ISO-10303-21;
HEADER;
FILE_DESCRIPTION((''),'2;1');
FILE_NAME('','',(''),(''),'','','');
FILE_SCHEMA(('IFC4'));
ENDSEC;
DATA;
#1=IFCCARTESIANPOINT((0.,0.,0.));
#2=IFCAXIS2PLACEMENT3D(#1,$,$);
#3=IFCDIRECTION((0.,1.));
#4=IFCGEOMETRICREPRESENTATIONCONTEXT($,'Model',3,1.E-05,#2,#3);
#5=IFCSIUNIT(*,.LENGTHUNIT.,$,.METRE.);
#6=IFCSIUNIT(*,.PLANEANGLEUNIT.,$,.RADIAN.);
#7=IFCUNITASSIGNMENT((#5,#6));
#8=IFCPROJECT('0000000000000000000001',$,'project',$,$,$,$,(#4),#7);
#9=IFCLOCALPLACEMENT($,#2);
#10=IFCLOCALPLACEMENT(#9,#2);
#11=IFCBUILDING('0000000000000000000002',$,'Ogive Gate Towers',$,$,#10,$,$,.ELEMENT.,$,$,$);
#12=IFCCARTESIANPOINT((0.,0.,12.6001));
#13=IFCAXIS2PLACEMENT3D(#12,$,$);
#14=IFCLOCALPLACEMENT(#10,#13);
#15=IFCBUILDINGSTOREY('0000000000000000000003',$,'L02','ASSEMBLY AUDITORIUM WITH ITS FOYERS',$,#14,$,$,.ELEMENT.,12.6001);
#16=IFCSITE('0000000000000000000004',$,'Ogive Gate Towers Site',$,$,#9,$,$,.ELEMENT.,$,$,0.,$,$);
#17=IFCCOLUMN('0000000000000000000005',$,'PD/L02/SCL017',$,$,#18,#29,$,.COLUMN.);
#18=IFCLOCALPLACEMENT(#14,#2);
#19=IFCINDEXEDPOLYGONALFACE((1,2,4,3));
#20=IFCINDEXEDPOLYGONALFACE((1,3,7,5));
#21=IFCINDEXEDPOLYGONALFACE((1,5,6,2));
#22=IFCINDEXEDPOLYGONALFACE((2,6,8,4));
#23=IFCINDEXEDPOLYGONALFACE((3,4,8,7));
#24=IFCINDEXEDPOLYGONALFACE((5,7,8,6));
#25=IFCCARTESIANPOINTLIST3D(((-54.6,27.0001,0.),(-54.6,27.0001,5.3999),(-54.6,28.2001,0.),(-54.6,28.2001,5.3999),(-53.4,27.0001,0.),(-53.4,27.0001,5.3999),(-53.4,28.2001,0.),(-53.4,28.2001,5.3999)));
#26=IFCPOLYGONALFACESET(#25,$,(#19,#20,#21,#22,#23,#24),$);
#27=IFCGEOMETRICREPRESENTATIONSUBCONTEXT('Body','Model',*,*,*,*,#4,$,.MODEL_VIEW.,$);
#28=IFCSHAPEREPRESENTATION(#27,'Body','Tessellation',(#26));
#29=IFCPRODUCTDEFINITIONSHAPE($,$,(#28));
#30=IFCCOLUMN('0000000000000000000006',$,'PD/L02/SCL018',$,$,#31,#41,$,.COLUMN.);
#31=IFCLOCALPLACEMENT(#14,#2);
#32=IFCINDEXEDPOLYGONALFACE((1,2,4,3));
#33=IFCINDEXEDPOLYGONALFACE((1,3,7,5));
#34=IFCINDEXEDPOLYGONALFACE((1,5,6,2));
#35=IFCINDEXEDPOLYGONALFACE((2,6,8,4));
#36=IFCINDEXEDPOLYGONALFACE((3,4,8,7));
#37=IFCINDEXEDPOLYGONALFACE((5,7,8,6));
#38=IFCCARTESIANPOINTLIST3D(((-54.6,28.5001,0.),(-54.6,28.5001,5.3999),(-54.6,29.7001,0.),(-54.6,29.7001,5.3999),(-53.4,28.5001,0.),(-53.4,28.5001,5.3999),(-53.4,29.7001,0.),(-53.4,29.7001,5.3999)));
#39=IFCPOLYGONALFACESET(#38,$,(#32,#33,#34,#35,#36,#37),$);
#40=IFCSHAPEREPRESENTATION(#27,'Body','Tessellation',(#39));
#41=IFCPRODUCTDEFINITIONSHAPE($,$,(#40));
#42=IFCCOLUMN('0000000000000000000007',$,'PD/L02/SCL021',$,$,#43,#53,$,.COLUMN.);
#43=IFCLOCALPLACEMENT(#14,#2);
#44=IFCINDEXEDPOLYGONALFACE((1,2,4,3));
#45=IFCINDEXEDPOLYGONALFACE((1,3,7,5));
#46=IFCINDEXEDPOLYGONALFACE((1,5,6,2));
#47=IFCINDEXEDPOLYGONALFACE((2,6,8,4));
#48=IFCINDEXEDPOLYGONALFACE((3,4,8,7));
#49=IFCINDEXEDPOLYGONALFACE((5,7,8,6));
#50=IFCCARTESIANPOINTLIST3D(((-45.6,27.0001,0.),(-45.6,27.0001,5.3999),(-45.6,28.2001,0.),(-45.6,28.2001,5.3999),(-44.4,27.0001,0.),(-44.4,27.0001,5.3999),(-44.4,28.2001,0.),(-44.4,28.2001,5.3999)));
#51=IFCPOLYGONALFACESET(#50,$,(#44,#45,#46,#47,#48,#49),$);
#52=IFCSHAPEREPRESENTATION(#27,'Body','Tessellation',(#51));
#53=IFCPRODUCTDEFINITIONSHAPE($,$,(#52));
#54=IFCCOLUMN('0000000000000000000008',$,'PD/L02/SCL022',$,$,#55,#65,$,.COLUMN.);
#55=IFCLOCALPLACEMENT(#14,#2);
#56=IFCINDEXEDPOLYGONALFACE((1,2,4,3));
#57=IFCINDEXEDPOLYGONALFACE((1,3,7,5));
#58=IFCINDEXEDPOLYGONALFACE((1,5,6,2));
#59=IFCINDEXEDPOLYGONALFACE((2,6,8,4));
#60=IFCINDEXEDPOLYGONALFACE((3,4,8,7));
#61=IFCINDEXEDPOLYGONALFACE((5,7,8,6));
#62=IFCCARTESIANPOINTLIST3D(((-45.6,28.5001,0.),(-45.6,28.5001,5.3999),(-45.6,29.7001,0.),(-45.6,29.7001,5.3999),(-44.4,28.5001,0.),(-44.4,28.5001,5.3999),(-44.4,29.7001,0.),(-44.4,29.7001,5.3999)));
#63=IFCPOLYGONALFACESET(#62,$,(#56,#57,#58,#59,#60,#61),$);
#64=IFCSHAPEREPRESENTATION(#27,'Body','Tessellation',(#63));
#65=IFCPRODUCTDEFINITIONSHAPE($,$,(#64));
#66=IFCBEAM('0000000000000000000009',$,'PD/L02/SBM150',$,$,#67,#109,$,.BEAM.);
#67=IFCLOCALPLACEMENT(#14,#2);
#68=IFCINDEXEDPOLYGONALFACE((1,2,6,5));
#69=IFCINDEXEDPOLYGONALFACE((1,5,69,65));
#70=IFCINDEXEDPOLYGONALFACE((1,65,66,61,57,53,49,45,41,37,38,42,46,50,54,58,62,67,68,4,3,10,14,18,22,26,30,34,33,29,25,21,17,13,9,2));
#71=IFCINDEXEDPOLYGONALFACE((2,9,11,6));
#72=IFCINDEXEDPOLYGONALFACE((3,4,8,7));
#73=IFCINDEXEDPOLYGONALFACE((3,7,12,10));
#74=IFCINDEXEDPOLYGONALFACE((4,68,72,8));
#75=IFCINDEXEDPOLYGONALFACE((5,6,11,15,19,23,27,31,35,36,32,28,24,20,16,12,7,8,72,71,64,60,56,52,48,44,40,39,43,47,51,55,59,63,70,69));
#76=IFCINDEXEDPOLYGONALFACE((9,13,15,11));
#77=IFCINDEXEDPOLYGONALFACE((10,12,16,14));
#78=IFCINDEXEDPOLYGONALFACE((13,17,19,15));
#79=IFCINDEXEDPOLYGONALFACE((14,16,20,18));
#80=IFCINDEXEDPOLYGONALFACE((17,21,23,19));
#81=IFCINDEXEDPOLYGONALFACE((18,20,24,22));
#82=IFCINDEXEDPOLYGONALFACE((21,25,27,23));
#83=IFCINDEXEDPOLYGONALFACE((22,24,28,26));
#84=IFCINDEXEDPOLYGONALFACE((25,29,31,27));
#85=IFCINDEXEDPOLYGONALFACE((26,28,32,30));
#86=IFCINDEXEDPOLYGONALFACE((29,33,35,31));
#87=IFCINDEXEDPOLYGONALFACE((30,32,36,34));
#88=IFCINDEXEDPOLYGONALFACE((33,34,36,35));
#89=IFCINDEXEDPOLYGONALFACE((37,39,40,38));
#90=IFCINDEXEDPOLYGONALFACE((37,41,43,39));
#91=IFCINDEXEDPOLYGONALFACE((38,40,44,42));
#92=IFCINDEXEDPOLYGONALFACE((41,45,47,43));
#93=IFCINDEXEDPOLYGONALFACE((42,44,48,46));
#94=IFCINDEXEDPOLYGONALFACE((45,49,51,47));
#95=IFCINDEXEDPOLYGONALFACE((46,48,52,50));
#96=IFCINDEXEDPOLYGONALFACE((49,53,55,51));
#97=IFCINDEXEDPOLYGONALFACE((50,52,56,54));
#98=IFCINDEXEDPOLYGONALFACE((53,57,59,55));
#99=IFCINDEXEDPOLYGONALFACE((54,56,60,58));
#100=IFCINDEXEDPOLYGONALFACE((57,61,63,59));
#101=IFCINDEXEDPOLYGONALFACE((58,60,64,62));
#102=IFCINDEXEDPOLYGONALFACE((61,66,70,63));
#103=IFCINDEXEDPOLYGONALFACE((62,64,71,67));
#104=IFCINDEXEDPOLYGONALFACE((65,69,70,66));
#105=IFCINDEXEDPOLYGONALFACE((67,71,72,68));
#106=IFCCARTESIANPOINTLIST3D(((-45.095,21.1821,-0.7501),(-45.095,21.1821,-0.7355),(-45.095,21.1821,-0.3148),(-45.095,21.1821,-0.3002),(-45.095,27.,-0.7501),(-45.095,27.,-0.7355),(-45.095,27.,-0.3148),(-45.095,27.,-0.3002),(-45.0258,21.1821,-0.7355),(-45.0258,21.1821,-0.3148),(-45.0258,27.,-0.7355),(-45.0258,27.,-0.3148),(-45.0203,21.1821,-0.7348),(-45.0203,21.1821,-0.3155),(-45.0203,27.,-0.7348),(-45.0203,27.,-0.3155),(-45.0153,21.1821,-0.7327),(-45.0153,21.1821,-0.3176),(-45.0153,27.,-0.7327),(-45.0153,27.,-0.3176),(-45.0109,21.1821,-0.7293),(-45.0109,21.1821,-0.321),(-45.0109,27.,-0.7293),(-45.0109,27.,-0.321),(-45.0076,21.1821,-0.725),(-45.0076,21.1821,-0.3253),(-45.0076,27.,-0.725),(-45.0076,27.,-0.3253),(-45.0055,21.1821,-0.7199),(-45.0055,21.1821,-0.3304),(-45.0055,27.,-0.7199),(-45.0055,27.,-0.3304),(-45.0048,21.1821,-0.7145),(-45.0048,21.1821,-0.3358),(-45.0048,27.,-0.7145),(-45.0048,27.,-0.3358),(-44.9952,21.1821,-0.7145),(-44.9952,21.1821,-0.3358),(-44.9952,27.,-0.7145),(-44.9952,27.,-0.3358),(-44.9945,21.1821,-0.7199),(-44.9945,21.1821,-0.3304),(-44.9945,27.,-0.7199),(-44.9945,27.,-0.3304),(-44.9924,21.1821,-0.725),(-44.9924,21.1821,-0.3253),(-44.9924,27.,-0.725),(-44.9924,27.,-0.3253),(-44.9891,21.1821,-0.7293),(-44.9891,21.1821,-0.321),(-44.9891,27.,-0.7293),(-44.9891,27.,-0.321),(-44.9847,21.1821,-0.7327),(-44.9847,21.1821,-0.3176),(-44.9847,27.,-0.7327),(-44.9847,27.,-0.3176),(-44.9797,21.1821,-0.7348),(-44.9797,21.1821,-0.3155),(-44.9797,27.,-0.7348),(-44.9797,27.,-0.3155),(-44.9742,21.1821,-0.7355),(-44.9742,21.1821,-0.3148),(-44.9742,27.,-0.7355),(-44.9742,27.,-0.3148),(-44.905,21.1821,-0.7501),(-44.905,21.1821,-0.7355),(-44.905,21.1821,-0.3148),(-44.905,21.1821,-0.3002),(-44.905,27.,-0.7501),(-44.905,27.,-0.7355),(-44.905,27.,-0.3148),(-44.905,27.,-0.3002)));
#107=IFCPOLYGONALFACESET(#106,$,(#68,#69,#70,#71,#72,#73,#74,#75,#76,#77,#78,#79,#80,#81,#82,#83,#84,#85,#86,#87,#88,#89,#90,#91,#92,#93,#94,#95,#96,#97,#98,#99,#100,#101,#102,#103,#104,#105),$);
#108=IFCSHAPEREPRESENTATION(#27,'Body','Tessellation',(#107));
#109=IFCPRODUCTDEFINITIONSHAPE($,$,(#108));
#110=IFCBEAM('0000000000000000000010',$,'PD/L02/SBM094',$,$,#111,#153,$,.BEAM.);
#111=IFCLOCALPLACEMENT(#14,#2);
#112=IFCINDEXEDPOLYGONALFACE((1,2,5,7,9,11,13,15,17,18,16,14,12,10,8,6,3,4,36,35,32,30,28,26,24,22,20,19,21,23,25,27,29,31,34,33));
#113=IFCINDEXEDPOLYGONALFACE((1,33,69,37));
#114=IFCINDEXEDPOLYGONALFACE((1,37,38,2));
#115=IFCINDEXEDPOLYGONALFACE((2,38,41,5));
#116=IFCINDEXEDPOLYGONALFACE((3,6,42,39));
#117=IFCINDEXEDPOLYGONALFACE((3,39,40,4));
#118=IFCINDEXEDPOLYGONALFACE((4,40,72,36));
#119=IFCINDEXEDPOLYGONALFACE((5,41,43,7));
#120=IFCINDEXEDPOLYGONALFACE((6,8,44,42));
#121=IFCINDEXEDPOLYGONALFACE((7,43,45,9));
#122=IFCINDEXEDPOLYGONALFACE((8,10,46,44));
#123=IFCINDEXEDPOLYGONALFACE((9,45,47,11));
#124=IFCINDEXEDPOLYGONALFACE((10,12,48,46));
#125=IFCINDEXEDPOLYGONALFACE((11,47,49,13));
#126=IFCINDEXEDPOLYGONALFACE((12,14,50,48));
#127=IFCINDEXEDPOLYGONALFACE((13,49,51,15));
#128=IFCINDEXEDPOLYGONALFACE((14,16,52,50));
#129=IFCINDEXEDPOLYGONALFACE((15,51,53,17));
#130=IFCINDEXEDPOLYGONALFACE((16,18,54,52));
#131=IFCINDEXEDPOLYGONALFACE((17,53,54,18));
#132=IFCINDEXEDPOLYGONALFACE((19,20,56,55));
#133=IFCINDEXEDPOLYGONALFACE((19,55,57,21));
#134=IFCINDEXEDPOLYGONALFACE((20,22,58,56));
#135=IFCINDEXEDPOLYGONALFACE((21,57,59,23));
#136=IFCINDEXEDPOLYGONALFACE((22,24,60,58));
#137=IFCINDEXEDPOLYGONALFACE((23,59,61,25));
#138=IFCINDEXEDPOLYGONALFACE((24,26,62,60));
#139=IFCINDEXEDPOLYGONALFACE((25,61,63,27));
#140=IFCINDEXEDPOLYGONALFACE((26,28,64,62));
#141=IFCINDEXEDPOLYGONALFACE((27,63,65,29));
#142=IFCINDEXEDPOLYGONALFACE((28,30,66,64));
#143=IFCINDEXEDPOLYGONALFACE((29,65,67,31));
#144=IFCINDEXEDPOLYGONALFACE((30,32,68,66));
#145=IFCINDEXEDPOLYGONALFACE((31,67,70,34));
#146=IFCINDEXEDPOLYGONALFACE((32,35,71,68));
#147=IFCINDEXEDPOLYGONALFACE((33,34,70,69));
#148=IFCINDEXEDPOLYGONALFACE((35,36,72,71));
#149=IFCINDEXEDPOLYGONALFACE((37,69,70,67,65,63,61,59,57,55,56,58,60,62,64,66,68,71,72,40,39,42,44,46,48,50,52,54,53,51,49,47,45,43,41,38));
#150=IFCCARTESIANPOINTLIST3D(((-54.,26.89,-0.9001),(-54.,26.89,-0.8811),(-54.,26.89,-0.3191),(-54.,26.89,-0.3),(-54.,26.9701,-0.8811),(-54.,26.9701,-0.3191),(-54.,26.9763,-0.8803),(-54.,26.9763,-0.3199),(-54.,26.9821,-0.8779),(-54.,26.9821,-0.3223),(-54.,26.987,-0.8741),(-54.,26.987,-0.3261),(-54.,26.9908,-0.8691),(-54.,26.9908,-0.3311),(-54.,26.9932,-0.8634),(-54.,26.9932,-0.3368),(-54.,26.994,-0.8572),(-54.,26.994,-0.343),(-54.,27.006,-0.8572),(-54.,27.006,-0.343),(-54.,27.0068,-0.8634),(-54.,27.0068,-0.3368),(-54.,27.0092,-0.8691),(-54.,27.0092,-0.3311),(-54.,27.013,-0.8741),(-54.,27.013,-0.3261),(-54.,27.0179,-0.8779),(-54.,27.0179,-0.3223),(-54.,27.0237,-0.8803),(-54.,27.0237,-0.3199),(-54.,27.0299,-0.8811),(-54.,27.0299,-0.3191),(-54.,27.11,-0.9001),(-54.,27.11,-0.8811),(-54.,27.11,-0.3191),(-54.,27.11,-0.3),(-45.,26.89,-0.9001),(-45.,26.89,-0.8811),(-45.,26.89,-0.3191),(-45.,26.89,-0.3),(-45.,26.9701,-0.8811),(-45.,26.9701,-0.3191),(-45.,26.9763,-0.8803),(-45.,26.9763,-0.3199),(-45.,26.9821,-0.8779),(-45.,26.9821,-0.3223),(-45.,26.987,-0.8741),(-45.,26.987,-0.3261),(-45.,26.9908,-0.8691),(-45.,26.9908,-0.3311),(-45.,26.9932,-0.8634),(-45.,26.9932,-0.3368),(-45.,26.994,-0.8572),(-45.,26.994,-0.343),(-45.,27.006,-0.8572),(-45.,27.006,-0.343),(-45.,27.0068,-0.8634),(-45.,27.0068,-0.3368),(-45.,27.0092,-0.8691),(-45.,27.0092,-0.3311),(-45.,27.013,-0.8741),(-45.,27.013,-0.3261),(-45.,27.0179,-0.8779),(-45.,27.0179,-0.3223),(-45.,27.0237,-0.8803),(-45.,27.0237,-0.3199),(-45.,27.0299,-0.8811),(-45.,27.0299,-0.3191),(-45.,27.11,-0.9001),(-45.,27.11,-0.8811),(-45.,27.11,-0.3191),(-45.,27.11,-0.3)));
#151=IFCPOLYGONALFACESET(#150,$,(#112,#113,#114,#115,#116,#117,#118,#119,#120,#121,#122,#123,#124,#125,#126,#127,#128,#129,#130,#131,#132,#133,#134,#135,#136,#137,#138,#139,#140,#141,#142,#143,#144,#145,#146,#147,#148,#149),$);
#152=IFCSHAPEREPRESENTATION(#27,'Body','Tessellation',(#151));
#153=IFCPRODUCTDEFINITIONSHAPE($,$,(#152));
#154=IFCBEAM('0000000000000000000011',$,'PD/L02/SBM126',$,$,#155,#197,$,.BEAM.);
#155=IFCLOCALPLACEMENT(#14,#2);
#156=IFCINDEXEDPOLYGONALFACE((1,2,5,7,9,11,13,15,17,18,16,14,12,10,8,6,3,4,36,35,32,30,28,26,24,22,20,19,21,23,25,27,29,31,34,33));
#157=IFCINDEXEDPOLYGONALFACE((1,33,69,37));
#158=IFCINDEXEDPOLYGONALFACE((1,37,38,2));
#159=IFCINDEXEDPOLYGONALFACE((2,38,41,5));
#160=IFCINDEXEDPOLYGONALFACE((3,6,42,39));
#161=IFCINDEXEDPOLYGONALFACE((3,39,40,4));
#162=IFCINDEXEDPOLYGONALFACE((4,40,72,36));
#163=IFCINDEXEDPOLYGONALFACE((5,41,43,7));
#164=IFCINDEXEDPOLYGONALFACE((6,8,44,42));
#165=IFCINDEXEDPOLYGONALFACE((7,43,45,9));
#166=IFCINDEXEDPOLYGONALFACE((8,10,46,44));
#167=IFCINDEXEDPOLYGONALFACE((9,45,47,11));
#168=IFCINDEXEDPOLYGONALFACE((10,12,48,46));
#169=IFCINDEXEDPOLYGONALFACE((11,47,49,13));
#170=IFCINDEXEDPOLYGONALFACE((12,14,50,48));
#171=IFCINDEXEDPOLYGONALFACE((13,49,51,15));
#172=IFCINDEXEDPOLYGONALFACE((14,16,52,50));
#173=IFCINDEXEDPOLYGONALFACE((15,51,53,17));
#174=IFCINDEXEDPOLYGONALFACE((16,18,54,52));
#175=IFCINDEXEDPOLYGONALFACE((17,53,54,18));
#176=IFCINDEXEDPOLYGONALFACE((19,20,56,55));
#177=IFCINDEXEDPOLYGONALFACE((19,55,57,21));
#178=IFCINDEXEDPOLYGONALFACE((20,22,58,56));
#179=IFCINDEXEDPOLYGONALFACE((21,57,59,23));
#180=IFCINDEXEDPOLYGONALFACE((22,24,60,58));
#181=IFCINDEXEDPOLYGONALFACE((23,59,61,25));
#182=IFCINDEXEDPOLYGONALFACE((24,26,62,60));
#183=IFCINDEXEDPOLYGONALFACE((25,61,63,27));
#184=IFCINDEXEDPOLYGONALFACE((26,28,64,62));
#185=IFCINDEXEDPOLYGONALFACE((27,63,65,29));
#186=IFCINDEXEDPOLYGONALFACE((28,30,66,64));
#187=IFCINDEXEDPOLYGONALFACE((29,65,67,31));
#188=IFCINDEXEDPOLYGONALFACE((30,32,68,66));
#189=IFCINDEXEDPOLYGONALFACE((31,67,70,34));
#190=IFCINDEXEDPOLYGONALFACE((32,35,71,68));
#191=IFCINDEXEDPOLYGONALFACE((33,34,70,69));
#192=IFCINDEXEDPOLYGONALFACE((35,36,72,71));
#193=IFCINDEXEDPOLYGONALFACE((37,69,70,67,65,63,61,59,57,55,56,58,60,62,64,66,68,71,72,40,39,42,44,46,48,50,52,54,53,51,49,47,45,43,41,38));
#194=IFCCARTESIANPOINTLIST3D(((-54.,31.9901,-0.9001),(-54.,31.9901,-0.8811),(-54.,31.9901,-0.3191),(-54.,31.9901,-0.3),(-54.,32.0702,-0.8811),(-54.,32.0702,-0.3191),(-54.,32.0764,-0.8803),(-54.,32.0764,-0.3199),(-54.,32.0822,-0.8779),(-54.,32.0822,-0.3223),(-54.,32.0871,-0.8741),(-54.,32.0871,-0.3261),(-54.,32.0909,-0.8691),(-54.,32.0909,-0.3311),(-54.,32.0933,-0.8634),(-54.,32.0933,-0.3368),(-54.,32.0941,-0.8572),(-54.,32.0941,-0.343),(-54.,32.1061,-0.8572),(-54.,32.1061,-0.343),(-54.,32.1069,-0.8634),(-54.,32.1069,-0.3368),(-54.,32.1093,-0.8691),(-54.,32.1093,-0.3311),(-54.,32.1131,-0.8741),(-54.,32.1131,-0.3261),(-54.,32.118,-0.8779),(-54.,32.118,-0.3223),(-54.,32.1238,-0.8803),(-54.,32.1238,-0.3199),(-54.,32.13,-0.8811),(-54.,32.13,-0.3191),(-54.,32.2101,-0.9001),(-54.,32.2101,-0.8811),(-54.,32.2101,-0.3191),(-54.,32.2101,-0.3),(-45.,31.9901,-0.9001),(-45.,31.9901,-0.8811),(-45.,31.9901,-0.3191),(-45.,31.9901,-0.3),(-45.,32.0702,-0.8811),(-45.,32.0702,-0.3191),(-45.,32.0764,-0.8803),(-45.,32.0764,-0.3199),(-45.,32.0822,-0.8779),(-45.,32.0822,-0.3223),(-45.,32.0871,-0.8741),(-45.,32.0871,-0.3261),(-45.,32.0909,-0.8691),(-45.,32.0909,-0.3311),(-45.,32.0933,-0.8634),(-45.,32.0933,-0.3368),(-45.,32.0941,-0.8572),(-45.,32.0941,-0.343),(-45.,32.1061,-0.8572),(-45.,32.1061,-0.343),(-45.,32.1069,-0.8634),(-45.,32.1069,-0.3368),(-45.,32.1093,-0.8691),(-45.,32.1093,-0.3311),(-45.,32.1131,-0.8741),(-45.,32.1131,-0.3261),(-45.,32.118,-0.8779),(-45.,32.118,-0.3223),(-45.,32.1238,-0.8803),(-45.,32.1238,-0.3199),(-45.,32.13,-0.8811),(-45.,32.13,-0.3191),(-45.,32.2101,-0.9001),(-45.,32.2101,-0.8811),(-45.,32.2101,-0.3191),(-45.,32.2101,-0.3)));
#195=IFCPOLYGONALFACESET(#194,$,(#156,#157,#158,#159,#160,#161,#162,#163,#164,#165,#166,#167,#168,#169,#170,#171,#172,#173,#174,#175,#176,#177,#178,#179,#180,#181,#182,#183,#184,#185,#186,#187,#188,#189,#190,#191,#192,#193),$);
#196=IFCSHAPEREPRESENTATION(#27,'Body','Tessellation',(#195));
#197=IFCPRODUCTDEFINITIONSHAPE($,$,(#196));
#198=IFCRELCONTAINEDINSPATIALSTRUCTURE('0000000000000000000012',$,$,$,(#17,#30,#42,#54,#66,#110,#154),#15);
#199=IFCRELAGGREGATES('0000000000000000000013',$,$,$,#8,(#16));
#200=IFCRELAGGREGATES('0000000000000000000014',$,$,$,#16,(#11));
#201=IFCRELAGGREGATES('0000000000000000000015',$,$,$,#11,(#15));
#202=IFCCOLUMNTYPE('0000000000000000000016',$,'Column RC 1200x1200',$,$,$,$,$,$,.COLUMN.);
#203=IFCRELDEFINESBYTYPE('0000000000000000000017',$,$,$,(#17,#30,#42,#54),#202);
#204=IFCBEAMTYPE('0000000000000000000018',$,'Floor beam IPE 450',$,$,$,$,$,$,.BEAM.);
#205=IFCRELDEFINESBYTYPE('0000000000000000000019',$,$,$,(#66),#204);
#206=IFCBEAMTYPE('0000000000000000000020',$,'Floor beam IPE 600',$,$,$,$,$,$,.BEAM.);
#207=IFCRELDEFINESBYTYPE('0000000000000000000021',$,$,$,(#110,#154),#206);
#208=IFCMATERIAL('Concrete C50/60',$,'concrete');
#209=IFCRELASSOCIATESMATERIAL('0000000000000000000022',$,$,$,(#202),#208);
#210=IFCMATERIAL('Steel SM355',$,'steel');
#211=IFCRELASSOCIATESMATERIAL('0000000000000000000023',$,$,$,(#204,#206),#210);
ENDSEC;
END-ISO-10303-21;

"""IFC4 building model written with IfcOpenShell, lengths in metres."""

from ifc_helpers import new_model, si_unit, direction, frame, origin, origin_2d, place, context, subcontext, project, spatial, rectangle, i_section, extrude, material, material_profile, profile_set, type_object, element, save


model = new_model("IFC4")

# Units and contexts
model_context = context("Model", 3, precision=1e-05, world=origin(), true_north=direction((0.0, 1.0)))
body_context = subcontext(model_context, "Body", "Model", "MODEL_VIEW")
ifc_project = project(units=[si_unit("LENGTHUNIT", "METRE"), si_unit("PLANEANGLEUNIT", "RADIAN")], contexts=[model_context])

# Site, building, storey
site_placement = place(None, origin())
site = spatial("IfcSite", under=ifc_project, at=site_placement, Name="Ogive Gate Towers Site", CompositionType="ELEMENT", RefElevation=0.0)
building_placement = place(site_placement, origin())
building = spatial("IfcBuilding", under=site, at=building_placement, Name="Ogive Gate Towers", CompositionType="ELEMENT")
storey_placement = place(building_placement, frame((0.0, 0.0, 12.6001)))
storey = spatial("IfcBuildingStorey", under=building, at=storey_placement, Name="L02", Description="ASSEMBLY AUDITORIUM WITH ITS FOYERS", CompositionType="ELEMENT", Elevation=12.6001)

# Columns
ifc_material_1 = material(Name="Concrete C50/60", Category="concrete")
ifc_material_profile_1 = material_profile(ifc_material_1, rectangle(XDim=1.2, YDim=1.2, at=origin_2d()), Name="RC 1200x1200")
ifc_profile_set_1 = profile_set([ifc_material_profile_1], Name="Concrete C50/60")
column_type = type_object("IfcColumnType", Name="Column RC 1200x1200", PredefinedType="COLUMN", material=ifc_profile_set_1)
for number, where, z_axis, x_axis, name in (
    (1, (-54.0, 27.6001, 0.0), (0.0, 0.0, 1.0), (1.0, 0.0, 0.0), "PD/L02/SCL017"),
    (2, (-54.0, 29.1001, 0.0), (0.0, 0.0, 1.0), (1.0, 0.0, 0.0), "PD/L02/SCL018"),
    (3, (-45.0, 27.6001, 0.0), (0.0, 0.0, 1.0), (1.0, 0.0, 0.0), "PD/L02/SCL021"),
    (4, (-45.0, 29.1001, 0.0), (0.0, 0.0, 1.0), (1.0, 0.0, 0.0), "PD/L02/SCL022"),
):
    element("IfcColumn", number, at=place(storey_placement, frame(where, z_axis=z_axis, x_axis=x_axis)), inside=storey, type_object=column_type, Name=name, PredefinedType="COLUMN", context=body_context, shape_type="SweptSolid", body=[
        extrude(rectangle(XDim=1.2, YDim=1.2, at=origin_2d()), origin(), (0.0, 0.0, 1.0), 5.3999),
    ])

# Beams
ifc_material_2 = material(Name="Steel SM355", Category="steel")
ifc_material_profile_2 = material_profile(ifc_material_2, i_section(OverallWidth=0.1899, OverallDepth=0.45, WebThickness=0.0095, FlangeThickness=0.0146, FilletRadius=0.021, at=origin_2d()), Name="IPE 450")
ifc_profile_set_2 = profile_set([ifc_material_profile_2], Name="Steel SM355")
beam_type_1 = type_object("IfcBeamType", Name="Floor beam IPE 450", PredefinedType="BEAM", material=ifc_profile_set_2)
beam_placement = place(storey_placement, frame((-45.0, 27.0, -0.5251), z_axis=(0.0, -1.0, 0.0), x_axis=(1.0, 0.0, 0.0)))
element("IfcBeam", 5, at=beam_placement, inside=storey, type_object=beam_type_1, Name="PD/L02/SBM150", PredefinedType="BEAM", context=body_context, shape_type="SweptSolid", body=[
    extrude(i_section(OverallWidth=0.1899, OverallDepth=0.45, WebThickness=0.0095, FlangeThickness=0.0146, FilletRadius=0.021, at=origin_2d()), origin(), (0.0, 0.0, 1.0), 5.8179),
])
ifc_material_profile_3 = material_profile(ifc_material_2, i_section(OverallWidth=0.22, OverallDepth=0.6001, WebThickness=0.012, FlangeThickness=0.019, FilletRadius=0.0239, at=origin_2d()), Name="IPE 600")
ifc_profile_set_3 = profile_set([ifc_material_profile_3], Name="Steel SM355")
beam_type_2 = type_object("IfcBeamType", Name="Floor beam IPE 600", PredefinedType="BEAM", material=ifc_profile_set_3)
for number, where, z_axis, x_axis, name in (
    (6, (-54.0, 27.0, -0.6001), (1.0, 0.0, 0.0), (0.0, 1.0, 0.0), "PD/L02/SBM094"),
    (7, (-54.0, 32.1001, -0.6001), (1.0, 0.0, 0.0), (0.0, 1.0, 0.0), "PD/L02/SBM126"),
):
    element("IfcBeam", number, at=place(storey_placement, frame(where, z_axis=z_axis, x_axis=x_axis)), inside=storey, type_object=beam_type_2, Name=name, PredefinedType="BEAM", context=body_context, shape_type="SweptSolid", body=[
        extrude(i_section(OverallWidth=0.22, OverallDepth=0.6001, WebThickness=0.012, FlangeThickness=0.019, FilletRadius=0.0239, at=origin_2d()), origin(), (0.0, 0.0, 1.0), 9.0),
    ])

save(model, "model.ifc")
